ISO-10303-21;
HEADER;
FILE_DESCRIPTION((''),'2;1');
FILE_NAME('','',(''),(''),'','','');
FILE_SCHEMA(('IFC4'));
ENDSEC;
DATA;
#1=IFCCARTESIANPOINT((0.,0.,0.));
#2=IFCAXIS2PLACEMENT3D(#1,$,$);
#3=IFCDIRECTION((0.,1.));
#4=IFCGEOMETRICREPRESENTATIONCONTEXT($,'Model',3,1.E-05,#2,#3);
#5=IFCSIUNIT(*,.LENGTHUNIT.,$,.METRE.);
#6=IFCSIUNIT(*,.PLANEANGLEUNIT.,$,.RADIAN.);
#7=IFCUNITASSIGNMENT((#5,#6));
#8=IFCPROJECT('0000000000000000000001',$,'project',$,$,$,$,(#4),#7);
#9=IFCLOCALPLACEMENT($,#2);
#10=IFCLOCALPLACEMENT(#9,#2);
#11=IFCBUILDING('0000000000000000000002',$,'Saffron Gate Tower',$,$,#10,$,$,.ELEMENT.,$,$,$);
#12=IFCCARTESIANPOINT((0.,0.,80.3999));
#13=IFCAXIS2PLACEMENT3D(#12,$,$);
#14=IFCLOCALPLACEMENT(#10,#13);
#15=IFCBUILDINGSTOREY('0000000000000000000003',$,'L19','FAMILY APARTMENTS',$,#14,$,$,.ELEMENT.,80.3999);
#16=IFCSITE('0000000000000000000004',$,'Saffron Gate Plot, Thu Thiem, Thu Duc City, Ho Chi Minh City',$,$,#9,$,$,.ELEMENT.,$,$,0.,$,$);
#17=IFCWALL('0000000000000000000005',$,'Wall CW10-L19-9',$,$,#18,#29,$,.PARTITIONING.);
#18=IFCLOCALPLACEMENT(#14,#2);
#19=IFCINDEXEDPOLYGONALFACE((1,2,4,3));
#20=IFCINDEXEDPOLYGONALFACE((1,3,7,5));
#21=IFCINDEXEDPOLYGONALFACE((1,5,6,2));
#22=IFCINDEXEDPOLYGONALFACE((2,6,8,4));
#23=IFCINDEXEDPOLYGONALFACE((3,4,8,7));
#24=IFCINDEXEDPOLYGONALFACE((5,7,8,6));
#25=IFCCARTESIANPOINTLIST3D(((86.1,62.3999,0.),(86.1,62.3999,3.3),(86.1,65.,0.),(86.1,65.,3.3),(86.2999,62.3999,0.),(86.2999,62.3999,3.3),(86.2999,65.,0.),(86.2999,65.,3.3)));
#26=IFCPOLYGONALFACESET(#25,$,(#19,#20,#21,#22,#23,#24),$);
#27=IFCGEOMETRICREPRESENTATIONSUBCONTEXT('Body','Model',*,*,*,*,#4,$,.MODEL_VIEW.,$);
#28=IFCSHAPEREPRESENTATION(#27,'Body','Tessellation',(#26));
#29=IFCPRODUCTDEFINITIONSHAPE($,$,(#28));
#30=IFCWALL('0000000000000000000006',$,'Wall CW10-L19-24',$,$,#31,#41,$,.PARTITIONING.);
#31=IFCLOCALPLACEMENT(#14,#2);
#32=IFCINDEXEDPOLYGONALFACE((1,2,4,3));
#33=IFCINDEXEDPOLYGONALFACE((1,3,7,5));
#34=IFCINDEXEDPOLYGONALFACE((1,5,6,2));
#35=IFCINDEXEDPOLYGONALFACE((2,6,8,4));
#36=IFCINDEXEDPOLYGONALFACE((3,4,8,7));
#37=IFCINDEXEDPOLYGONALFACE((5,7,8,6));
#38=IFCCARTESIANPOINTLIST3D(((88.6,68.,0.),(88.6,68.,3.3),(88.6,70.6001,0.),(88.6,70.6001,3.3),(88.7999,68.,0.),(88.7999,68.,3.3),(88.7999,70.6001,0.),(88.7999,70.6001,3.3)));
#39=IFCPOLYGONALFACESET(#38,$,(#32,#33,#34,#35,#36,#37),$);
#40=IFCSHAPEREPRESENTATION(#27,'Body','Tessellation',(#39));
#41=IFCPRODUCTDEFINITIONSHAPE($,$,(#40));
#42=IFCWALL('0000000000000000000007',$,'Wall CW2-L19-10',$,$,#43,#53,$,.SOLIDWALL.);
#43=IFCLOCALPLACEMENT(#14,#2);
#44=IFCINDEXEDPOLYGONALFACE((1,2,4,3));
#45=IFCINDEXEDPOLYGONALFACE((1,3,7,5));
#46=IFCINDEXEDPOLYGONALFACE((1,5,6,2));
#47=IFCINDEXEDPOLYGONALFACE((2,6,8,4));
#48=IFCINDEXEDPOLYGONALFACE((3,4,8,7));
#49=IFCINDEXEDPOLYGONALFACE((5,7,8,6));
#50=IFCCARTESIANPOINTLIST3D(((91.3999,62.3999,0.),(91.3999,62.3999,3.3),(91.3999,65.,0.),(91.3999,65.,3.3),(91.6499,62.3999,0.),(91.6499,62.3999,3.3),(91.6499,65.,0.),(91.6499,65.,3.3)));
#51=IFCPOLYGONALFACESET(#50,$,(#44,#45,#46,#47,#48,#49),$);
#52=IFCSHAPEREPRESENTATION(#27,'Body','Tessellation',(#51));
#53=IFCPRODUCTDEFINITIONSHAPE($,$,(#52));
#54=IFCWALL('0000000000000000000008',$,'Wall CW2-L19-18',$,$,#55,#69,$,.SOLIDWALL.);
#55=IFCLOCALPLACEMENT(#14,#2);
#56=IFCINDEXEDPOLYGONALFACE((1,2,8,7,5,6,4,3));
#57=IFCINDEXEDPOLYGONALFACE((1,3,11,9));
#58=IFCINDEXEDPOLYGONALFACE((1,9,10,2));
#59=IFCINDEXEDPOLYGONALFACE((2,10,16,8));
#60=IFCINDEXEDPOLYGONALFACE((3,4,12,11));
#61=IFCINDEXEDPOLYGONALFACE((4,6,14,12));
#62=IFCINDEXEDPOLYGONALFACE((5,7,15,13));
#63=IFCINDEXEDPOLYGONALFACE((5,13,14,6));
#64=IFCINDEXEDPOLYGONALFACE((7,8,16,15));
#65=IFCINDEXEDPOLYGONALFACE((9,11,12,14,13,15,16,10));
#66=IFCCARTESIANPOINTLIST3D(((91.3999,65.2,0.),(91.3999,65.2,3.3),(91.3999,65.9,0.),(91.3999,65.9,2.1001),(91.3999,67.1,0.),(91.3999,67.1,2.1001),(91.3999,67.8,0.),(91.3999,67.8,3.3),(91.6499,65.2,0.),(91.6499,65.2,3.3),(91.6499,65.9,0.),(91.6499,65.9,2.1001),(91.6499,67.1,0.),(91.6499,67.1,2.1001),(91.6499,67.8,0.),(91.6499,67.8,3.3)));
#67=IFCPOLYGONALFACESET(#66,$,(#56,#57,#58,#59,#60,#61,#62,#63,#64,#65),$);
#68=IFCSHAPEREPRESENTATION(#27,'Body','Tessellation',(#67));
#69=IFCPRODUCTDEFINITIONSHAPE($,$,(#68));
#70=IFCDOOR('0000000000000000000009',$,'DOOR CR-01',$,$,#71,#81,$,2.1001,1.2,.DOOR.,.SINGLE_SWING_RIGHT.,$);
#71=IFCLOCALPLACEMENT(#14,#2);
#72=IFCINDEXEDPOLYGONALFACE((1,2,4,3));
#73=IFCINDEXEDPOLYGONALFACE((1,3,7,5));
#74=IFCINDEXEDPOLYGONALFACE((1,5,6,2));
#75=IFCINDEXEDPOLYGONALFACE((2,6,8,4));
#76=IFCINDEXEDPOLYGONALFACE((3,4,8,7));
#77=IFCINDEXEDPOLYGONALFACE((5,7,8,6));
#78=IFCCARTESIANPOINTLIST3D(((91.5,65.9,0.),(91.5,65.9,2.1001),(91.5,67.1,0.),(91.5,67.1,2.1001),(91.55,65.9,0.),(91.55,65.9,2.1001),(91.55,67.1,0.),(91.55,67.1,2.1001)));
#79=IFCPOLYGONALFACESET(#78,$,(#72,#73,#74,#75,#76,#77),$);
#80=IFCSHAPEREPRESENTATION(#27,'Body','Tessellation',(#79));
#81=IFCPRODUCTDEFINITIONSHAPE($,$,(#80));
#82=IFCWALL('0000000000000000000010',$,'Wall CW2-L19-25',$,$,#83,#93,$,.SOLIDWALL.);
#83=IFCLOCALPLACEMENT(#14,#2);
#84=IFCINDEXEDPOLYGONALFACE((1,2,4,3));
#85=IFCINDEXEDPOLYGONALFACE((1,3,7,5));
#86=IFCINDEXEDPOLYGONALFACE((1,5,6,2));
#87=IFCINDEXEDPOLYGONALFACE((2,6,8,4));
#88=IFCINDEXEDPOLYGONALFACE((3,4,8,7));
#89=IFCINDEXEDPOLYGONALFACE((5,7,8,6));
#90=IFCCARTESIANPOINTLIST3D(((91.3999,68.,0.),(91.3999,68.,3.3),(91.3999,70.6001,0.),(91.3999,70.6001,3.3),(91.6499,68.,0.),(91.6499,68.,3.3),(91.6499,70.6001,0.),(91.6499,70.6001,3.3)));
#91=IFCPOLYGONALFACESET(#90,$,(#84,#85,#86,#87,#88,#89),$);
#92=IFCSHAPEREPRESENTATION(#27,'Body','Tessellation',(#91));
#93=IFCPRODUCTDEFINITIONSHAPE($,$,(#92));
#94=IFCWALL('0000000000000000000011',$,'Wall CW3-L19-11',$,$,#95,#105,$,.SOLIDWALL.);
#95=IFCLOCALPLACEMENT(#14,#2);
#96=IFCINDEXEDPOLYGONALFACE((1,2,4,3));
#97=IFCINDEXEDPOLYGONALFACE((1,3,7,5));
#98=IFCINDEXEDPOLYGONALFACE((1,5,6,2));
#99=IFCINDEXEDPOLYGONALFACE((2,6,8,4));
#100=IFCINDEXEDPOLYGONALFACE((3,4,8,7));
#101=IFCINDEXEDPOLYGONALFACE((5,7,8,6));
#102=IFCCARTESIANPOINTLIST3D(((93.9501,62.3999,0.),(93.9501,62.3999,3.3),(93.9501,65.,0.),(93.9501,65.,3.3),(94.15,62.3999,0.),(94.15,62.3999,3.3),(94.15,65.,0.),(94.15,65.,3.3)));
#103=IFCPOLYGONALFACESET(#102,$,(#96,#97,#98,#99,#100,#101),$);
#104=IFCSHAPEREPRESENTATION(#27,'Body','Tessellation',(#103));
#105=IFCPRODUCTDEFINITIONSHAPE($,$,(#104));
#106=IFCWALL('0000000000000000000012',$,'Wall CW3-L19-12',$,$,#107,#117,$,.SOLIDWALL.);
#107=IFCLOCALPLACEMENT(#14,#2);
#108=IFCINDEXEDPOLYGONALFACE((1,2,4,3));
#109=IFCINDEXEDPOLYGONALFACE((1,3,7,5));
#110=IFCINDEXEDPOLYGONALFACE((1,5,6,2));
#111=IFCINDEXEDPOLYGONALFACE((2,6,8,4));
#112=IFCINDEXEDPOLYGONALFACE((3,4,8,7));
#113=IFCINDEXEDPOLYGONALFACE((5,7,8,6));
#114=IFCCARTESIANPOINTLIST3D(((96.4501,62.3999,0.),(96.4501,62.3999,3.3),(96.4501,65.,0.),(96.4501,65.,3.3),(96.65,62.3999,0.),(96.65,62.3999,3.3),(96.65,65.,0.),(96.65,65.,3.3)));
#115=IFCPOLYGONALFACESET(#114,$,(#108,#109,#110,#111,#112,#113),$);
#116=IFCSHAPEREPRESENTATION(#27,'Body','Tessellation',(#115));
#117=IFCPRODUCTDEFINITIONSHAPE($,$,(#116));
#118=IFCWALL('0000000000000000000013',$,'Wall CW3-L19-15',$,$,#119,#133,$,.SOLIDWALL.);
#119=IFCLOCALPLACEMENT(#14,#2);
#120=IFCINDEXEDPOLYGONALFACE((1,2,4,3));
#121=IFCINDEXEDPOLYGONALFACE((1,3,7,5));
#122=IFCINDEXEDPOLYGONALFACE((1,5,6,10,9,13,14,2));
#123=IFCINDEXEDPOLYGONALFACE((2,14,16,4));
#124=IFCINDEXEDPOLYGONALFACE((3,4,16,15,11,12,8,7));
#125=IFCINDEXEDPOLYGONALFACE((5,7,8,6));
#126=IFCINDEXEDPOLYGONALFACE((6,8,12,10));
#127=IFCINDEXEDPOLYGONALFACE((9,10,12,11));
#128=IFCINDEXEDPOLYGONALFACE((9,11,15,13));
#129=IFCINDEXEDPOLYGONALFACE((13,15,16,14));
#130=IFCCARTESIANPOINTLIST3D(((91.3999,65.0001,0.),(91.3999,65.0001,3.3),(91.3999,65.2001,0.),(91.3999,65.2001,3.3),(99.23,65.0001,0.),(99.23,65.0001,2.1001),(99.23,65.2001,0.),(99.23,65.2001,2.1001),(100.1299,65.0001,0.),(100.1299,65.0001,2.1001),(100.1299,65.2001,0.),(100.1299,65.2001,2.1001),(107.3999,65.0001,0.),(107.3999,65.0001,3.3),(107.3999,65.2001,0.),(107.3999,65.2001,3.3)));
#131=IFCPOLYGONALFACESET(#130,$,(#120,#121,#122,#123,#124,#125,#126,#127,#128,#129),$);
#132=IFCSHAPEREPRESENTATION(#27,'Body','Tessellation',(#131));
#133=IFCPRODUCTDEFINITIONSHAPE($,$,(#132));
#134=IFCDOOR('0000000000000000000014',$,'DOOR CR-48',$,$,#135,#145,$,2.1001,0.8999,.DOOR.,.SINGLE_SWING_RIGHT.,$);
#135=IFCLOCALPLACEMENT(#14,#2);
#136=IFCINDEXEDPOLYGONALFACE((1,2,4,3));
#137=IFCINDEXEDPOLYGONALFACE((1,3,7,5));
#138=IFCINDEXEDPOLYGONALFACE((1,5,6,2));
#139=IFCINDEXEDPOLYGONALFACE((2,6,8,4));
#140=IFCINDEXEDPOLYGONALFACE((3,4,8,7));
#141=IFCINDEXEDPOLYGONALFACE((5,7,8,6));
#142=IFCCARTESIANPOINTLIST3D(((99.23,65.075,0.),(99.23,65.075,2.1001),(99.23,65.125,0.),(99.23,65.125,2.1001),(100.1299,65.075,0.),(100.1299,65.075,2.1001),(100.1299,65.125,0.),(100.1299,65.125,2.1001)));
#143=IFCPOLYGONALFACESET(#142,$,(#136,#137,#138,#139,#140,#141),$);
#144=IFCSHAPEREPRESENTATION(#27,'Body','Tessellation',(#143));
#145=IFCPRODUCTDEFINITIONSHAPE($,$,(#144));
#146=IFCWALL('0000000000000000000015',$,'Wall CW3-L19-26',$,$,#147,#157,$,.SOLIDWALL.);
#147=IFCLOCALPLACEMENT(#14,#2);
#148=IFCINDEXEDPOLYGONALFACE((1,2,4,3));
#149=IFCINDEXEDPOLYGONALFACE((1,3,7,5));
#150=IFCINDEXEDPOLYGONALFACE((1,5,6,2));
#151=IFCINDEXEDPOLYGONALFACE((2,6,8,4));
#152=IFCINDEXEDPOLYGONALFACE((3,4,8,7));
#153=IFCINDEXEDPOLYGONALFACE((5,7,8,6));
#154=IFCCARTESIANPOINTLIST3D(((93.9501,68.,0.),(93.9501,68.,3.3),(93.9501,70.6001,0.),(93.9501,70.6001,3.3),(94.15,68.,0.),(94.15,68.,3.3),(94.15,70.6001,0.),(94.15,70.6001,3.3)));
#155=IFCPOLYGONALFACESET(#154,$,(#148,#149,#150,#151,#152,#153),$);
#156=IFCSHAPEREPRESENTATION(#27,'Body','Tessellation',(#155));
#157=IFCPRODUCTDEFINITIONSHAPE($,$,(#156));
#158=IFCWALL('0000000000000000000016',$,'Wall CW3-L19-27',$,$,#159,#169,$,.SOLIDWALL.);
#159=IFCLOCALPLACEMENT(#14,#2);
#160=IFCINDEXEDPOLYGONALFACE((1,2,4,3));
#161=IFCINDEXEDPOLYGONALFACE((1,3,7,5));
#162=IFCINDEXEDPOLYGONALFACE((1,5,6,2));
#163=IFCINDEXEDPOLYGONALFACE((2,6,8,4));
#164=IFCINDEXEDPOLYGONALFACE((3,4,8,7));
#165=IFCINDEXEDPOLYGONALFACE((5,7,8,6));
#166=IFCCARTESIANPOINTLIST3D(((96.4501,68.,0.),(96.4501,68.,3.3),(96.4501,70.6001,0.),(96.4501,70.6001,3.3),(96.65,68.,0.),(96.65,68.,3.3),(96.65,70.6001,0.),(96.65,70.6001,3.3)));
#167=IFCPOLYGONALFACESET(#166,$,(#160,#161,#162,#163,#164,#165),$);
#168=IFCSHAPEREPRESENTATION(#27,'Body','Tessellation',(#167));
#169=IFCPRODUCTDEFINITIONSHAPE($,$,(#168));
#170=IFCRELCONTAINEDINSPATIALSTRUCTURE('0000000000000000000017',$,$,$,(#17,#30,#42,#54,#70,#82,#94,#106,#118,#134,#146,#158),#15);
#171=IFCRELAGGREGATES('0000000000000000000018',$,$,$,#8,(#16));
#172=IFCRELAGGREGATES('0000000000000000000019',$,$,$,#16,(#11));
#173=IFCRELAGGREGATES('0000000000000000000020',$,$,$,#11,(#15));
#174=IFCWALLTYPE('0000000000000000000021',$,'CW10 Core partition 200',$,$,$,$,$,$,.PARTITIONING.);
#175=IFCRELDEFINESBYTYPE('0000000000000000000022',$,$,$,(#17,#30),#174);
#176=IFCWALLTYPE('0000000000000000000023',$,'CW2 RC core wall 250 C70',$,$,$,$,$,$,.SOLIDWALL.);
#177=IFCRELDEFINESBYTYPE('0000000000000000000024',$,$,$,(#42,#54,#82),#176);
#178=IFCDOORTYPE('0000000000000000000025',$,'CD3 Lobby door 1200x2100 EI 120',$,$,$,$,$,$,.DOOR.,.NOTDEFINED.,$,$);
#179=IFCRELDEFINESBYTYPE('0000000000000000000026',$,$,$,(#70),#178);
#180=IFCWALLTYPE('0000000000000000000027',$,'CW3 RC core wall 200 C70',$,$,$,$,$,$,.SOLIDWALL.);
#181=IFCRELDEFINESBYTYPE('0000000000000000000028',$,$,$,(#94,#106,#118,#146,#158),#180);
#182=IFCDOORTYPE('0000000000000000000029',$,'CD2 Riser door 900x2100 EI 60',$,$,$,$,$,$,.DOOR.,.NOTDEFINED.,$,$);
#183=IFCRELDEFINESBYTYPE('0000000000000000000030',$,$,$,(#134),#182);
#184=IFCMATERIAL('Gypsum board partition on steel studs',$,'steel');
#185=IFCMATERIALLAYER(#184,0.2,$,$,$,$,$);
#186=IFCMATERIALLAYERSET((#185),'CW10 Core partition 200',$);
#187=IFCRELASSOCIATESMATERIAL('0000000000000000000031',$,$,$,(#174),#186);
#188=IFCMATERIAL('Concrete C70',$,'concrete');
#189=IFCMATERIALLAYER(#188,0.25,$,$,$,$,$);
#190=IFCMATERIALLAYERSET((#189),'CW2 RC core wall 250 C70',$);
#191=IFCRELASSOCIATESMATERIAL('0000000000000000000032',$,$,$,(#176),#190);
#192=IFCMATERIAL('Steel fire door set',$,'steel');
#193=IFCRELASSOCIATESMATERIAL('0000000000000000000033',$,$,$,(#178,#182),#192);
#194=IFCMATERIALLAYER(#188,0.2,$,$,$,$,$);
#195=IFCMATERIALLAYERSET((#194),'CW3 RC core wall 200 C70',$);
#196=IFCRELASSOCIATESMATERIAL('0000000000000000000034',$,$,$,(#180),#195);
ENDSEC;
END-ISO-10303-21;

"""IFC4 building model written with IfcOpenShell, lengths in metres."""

from ifc_helpers import new_model, si_unit, direction, frame, frame_2d, origin, place, context, subcontext, project, spatial, rectangle, extrude, material, layer, layer_set, type_object, element, fill, save


model = new_model("IFC4")

# Units and contexts
model_context = context("Model", 3, precision=1e-05, world=origin(), true_north=direction((0.0, 1.0)))
body_context = subcontext(model_context, "Body", "Model", "MODEL_VIEW")
ifc_project = project(units=[si_unit("LENGTHUNIT", "METRE"), si_unit("PLANEANGLEUNIT", "RADIAN")], contexts=[model_context])

# Site, building, storey
site_placement = place(None, origin())
site = spatial("IfcSite", under=ifc_project, at=site_placement, Name="Saffron Gate Plot, Thu Thiem, Thu Duc City, Ho Chi Minh City", CompositionType="ELEMENT", RefElevation=0.0)
building_placement = place(site_placement, origin())
building = spatial("IfcBuilding", under=site, at=building_placement, Name="Saffron Gate Tower", CompositionType="ELEMENT")
storey_placement = place(building_placement, frame((0.0, 0.0, 80.3999)))
storey = spatial("IfcBuildingStorey", under=building, at=storey_placement, Name="L19", Description="FAMILY APARTMENTS", CompositionType="ELEMENT", Elevation=80.3999)

# Walls
ifc_material_1 = material(Name="Gypsum board partition on steel studs", Category="steel")
ifc_layer_1 = layer(ifc_material_1, 0.2)
ifc_layer_set_1 = layer_set([ifc_layer_1], Name="CW10 Core partition 200")
wall_type_1 = type_object("IfcWallType", Name="CW10 Core partition 200", PredefinedType="PARTITIONING", material=ifc_layer_set_1)
for number, where, z_axis, x_axis, name in (
    (1, (86.2, 62.3999, 0.0), (0.0, 0.0, 1.0), (0.0, 1.0, 0.0), "Wall CW10-L19-9"),
    (2, (88.7, 68.0, 0.0), (0.0, 0.0, 1.0), (0.0, 1.0, 0.0), "Wall CW10-L19-24"),
):
    element("IfcWall", number, at=place(storey_placement, frame(where, z_axis=z_axis, x_axis=x_axis)), inside=storey, type_object=wall_type_1, Name=name, PredefinedType="PARTITIONING", context=body_context, shape_type="SweptSolid", body=[
        extrude(rectangle(XDim=2.6001, YDim=0.2, at=frame_2d((1.3, 0.0))), origin(), (0.0, 0.0, 1.0), 3.3),
    ])
ifc_material_2 = material(Name="Concrete C70", Category="concrete")
ifc_layer_2 = layer(ifc_material_2, 0.25)
ifc_layer_set_2 = layer_set([ifc_layer_2], Name="CW2 RC core wall 250 C70")
wall_type_2 = type_object("IfcWallType", Name="CW2 RC core wall 250 C70", PredefinedType="SOLIDWALL", material=ifc_layer_set_2)
wall_1_placement = place(storey_placement, frame((91.5249, 62.3999, 0.0), z_axis=(0.0, 0.0, 1.0), x_axis=(0.0, 1.0, 0.0)))
element("IfcWall", 3, at=wall_1_placement, inside=storey, type_object=wall_type_2, Name="Wall CW2-L19-10", PredefinedType="SOLIDWALL", context=body_context, shape_type="SweptSolid", body=[
    extrude(rectangle(XDim=2.6001, YDim=0.25, at=frame_2d((1.3, 0.0))), origin(), (0.0, 0.0, 1.0), 3.3),
])

# Wall, opening, door
wall_2_placement = place(storey_placement, frame((91.5249, 65.2, 0.0), z_axis=(0.0, 0.0, 1.0), x_axis=(0.0, 1.0, 0.0)))
wall_2 = element("IfcWall", 4, at=wall_2_placement, inside=storey, type_object=wall_type_2, Name="Wall CW2-L19-18", PredefinedType="SOLIDWALL", context=body_context, shape_type="SweptSolid", body=[
    extrude(rectangle(XDim=2.6001, YDim=0.25, at=frame_2d((1.3, 0.0))), origin(), (0.0, 0.0, 1.0), 3.3),
])
opening_1_placement = place(wall_2_placement, frame((0.7, 0.0, 0.0)))
opening_1 = element("IfcOpeningElement", 5, at=opening_1_placement, cuts=wall_2, PredefinedType="OPENING", context=body_context, shape_type="SweptSolid", body=[
    extrude(rectangle(XDim=1.2, YDim=2.1001, at=frame_2d((0.6001, 1.05))), frame((0.0, 0.135, 0.0), z_axis=(0.0, -1.0, 0.0), x_axis=(1.0, 0.0, 0.0)), (0.0, 0.0, 1.0), 0.27),
])
ifc_material_3 = material(Name="Steel fire door set", Category="steel")
door_type_1 = type_object("IfcDoorType", Name="CD3 Lobby door 1200x2100 EI 120", OperationType="NOTDEFINED", PredefinedType="DOOR", material=ifc_material_3)
door_1_placement = place(opening_1_placement, origin())
door_1 = element("IfcDoor", 6, at=door_1_placement, inside=storey, type_object=door_type_1, Name="DOOR CR-01", OperationType="SINGLE_SWING_RIGHT", OverallHeight=2.1001, OverallWidth=1.2, PredefinedType="DOOR", context=body_context, shape_type="SweptSolid", body=[
    extrude(rectangle(XDim=1.2, YDim=2.1001, at=frame_2d((0.6001, 1.05))), frame((0.0, 0.0249, 0.0), z_axis=(0.0, -1.0, 0.0), x_axis=(1.0, 0.0, 0.0)), (0.0, 0.0, 1.0), 0.05),
])
fill(opening_1, door_1)

# Walls
wall_3_placement = place(storey_placement, frame((91.5249, 68.0, 0.0), z_axis=(0.0, 0.0, 1.0), x_axis=(0.0, 1.0, 0.0)))
element("IfcWall", 7, at=wall_3_placement, inside=storey, type_object=wall_type_2, Name="Wall CW2-L19-25", PredefinedType="SOLIDWALL", context=body_context, shape_type="SweptSolid", body=[
    extrude(rectangle(XDim=2.6001, YDim=0.25, at=frame_2d((1.3, 0.0))), origin(), (0.0, 0.0, 1.0), 3.3),
])
ifc_layer_3 = layer(ifc_material_2, 0.2)
ifc_layer_set_3 = layer_set([ifc_layer_3], Name="CW3 RC core wall 200 C70")
wall_type_3 = type_object("IfcWallType", Name="CW3 RC core wall 200 C70", PredefinedType="SOLIDWALL", material=ifc_layer_set_3)
for number, where, z_axis, x_axis, name in (
    (8, (94.05, 62.3999, 0.0), (0.0, 0.0, 1.0), (0.0, 1.0, 0.0), "Wall CW3-L19-11"),
    (9, (96.55, 62.3999, 0.0), (0.0, 0.0, 1.0), (0.0, 1.0, 0.0), "Wall CW3-L19-12"),
):
    element("IfcWall", number, at=place(storey_placement, frame(where, z_axis=z_axis, x_axis=x_axis)), inside=storey, type_object=wall_type_3, Name=name, PredefinedType="SOLIDWALL", context=body_context, shape_type="SweptSolid", body=[
        extrude(rectangle(XDim=2.6001, YDim=0.2, at=frame_2d((1.3, 0.0))), origin(), (0.0, 0.0, 1.0), 3.3),
    ])

# Wall, opening, door
wall_4_placement = place(storey_placement, frame((91.3999, 65.1001, 0.0), z_axis=(0.0, 0.0, 1.0), x_axis=(1.0, 0.0, 0.0)))
wall_4 = element("IfcWall", 10, at=wall_4_placement, inside=storey, type_object=wall_type_3, Name="Wall CW3-L19-15", PredefinedType="SOLIDWALL", context=body_context, shape_type="SweptSolid", body=[
    extrude(rectangle(XDim=16.0, YDim=0.2, at=frame_2d((8.0, 0.0))), origin(), (0.0, 0.0, 1.0), 3.3),
])
opening_2_placement = place(wall_4_placement, frame((7.8301, 0.0, 0.0)))
opening_2 = element("IfcOpeningElement", 11, at=opening_2_placement, cuts=wall_4, PredefinedType="OPENING", context=body_context, shape_type="SweptSolid", body=[
    extrude(rectangle(XDim=0.8999, YDim=2.1001, at=frame_2d((0.45, 1.05))), frame((0.0, 0.1099, 0.0), z_axis=(0.0, -1.0, 0.0), x_axis=(1.0, 0.0, 0.0)), (0.0, 0.0, 1.0), 0.22),
])
door_type_2 = type_object("IfcDoorType", Name="CD2 Riser door 900x2100 EI 60", OperationType="NOTDEFINED", PredefinedType="DOOR", material=ifc_material_3)
door_2_placement = place(opening_2_placement, origin())
door_2 = element("IfcDoor", 12, at=door_2_placement, inside=storey, type_object=door_type_2, Name="DOOR CR-48", OperationType="SINGLE_SWING_RIGHT", OverallHeight=2.1001, OverallWidth=0.8999, PredefinedType="DOOR", context=body_context, shape_type="SweptSolid", body=[
    extrude(rectangle(XDim=0.8999, YDim=2.1001, at=frame_2d((0.45, 1.05))), frame((0.0, 0.0249, 0.0), z_axis=(0.0, -1.0, 0.0), x_axis=(1.0, 0.0, 0.0)), (0.0, 0.0, 1.0), 0.05),
])
fill(opening_2, door_2)

# Walls
for number, where, z_axis, x_axis, name in (
    (13, (94.05, 68.0, 0.0), (0.0, 0.0, 1.0), (0.0, 1.0, 0.0), "Wall CW3-L19-26"),
    (14, (96.55, 68.0, 0.0), (0.0, 0.0, 1.0), (0.0, 1.0, 0.0), "Wall CW3-L19-27"),
):
    element("IfcWall", number, at=place(storey_placement, frame(where, z_axis=z_axis, x_axis=x_axis)), inside=storey, type_object=wall_type_3, Name=name, PredefinedType="SOLIDWALL", context=body_context, shape_type="SweptSolid", body=[
        extrude(rectangle(XDim=2.6001, YDim=0.2, at=frame_2d((1.3, 0.0))), origin(), (0.0, 0.0, 1.0), 3.3),
    ])

save(model, "model.ifc")
